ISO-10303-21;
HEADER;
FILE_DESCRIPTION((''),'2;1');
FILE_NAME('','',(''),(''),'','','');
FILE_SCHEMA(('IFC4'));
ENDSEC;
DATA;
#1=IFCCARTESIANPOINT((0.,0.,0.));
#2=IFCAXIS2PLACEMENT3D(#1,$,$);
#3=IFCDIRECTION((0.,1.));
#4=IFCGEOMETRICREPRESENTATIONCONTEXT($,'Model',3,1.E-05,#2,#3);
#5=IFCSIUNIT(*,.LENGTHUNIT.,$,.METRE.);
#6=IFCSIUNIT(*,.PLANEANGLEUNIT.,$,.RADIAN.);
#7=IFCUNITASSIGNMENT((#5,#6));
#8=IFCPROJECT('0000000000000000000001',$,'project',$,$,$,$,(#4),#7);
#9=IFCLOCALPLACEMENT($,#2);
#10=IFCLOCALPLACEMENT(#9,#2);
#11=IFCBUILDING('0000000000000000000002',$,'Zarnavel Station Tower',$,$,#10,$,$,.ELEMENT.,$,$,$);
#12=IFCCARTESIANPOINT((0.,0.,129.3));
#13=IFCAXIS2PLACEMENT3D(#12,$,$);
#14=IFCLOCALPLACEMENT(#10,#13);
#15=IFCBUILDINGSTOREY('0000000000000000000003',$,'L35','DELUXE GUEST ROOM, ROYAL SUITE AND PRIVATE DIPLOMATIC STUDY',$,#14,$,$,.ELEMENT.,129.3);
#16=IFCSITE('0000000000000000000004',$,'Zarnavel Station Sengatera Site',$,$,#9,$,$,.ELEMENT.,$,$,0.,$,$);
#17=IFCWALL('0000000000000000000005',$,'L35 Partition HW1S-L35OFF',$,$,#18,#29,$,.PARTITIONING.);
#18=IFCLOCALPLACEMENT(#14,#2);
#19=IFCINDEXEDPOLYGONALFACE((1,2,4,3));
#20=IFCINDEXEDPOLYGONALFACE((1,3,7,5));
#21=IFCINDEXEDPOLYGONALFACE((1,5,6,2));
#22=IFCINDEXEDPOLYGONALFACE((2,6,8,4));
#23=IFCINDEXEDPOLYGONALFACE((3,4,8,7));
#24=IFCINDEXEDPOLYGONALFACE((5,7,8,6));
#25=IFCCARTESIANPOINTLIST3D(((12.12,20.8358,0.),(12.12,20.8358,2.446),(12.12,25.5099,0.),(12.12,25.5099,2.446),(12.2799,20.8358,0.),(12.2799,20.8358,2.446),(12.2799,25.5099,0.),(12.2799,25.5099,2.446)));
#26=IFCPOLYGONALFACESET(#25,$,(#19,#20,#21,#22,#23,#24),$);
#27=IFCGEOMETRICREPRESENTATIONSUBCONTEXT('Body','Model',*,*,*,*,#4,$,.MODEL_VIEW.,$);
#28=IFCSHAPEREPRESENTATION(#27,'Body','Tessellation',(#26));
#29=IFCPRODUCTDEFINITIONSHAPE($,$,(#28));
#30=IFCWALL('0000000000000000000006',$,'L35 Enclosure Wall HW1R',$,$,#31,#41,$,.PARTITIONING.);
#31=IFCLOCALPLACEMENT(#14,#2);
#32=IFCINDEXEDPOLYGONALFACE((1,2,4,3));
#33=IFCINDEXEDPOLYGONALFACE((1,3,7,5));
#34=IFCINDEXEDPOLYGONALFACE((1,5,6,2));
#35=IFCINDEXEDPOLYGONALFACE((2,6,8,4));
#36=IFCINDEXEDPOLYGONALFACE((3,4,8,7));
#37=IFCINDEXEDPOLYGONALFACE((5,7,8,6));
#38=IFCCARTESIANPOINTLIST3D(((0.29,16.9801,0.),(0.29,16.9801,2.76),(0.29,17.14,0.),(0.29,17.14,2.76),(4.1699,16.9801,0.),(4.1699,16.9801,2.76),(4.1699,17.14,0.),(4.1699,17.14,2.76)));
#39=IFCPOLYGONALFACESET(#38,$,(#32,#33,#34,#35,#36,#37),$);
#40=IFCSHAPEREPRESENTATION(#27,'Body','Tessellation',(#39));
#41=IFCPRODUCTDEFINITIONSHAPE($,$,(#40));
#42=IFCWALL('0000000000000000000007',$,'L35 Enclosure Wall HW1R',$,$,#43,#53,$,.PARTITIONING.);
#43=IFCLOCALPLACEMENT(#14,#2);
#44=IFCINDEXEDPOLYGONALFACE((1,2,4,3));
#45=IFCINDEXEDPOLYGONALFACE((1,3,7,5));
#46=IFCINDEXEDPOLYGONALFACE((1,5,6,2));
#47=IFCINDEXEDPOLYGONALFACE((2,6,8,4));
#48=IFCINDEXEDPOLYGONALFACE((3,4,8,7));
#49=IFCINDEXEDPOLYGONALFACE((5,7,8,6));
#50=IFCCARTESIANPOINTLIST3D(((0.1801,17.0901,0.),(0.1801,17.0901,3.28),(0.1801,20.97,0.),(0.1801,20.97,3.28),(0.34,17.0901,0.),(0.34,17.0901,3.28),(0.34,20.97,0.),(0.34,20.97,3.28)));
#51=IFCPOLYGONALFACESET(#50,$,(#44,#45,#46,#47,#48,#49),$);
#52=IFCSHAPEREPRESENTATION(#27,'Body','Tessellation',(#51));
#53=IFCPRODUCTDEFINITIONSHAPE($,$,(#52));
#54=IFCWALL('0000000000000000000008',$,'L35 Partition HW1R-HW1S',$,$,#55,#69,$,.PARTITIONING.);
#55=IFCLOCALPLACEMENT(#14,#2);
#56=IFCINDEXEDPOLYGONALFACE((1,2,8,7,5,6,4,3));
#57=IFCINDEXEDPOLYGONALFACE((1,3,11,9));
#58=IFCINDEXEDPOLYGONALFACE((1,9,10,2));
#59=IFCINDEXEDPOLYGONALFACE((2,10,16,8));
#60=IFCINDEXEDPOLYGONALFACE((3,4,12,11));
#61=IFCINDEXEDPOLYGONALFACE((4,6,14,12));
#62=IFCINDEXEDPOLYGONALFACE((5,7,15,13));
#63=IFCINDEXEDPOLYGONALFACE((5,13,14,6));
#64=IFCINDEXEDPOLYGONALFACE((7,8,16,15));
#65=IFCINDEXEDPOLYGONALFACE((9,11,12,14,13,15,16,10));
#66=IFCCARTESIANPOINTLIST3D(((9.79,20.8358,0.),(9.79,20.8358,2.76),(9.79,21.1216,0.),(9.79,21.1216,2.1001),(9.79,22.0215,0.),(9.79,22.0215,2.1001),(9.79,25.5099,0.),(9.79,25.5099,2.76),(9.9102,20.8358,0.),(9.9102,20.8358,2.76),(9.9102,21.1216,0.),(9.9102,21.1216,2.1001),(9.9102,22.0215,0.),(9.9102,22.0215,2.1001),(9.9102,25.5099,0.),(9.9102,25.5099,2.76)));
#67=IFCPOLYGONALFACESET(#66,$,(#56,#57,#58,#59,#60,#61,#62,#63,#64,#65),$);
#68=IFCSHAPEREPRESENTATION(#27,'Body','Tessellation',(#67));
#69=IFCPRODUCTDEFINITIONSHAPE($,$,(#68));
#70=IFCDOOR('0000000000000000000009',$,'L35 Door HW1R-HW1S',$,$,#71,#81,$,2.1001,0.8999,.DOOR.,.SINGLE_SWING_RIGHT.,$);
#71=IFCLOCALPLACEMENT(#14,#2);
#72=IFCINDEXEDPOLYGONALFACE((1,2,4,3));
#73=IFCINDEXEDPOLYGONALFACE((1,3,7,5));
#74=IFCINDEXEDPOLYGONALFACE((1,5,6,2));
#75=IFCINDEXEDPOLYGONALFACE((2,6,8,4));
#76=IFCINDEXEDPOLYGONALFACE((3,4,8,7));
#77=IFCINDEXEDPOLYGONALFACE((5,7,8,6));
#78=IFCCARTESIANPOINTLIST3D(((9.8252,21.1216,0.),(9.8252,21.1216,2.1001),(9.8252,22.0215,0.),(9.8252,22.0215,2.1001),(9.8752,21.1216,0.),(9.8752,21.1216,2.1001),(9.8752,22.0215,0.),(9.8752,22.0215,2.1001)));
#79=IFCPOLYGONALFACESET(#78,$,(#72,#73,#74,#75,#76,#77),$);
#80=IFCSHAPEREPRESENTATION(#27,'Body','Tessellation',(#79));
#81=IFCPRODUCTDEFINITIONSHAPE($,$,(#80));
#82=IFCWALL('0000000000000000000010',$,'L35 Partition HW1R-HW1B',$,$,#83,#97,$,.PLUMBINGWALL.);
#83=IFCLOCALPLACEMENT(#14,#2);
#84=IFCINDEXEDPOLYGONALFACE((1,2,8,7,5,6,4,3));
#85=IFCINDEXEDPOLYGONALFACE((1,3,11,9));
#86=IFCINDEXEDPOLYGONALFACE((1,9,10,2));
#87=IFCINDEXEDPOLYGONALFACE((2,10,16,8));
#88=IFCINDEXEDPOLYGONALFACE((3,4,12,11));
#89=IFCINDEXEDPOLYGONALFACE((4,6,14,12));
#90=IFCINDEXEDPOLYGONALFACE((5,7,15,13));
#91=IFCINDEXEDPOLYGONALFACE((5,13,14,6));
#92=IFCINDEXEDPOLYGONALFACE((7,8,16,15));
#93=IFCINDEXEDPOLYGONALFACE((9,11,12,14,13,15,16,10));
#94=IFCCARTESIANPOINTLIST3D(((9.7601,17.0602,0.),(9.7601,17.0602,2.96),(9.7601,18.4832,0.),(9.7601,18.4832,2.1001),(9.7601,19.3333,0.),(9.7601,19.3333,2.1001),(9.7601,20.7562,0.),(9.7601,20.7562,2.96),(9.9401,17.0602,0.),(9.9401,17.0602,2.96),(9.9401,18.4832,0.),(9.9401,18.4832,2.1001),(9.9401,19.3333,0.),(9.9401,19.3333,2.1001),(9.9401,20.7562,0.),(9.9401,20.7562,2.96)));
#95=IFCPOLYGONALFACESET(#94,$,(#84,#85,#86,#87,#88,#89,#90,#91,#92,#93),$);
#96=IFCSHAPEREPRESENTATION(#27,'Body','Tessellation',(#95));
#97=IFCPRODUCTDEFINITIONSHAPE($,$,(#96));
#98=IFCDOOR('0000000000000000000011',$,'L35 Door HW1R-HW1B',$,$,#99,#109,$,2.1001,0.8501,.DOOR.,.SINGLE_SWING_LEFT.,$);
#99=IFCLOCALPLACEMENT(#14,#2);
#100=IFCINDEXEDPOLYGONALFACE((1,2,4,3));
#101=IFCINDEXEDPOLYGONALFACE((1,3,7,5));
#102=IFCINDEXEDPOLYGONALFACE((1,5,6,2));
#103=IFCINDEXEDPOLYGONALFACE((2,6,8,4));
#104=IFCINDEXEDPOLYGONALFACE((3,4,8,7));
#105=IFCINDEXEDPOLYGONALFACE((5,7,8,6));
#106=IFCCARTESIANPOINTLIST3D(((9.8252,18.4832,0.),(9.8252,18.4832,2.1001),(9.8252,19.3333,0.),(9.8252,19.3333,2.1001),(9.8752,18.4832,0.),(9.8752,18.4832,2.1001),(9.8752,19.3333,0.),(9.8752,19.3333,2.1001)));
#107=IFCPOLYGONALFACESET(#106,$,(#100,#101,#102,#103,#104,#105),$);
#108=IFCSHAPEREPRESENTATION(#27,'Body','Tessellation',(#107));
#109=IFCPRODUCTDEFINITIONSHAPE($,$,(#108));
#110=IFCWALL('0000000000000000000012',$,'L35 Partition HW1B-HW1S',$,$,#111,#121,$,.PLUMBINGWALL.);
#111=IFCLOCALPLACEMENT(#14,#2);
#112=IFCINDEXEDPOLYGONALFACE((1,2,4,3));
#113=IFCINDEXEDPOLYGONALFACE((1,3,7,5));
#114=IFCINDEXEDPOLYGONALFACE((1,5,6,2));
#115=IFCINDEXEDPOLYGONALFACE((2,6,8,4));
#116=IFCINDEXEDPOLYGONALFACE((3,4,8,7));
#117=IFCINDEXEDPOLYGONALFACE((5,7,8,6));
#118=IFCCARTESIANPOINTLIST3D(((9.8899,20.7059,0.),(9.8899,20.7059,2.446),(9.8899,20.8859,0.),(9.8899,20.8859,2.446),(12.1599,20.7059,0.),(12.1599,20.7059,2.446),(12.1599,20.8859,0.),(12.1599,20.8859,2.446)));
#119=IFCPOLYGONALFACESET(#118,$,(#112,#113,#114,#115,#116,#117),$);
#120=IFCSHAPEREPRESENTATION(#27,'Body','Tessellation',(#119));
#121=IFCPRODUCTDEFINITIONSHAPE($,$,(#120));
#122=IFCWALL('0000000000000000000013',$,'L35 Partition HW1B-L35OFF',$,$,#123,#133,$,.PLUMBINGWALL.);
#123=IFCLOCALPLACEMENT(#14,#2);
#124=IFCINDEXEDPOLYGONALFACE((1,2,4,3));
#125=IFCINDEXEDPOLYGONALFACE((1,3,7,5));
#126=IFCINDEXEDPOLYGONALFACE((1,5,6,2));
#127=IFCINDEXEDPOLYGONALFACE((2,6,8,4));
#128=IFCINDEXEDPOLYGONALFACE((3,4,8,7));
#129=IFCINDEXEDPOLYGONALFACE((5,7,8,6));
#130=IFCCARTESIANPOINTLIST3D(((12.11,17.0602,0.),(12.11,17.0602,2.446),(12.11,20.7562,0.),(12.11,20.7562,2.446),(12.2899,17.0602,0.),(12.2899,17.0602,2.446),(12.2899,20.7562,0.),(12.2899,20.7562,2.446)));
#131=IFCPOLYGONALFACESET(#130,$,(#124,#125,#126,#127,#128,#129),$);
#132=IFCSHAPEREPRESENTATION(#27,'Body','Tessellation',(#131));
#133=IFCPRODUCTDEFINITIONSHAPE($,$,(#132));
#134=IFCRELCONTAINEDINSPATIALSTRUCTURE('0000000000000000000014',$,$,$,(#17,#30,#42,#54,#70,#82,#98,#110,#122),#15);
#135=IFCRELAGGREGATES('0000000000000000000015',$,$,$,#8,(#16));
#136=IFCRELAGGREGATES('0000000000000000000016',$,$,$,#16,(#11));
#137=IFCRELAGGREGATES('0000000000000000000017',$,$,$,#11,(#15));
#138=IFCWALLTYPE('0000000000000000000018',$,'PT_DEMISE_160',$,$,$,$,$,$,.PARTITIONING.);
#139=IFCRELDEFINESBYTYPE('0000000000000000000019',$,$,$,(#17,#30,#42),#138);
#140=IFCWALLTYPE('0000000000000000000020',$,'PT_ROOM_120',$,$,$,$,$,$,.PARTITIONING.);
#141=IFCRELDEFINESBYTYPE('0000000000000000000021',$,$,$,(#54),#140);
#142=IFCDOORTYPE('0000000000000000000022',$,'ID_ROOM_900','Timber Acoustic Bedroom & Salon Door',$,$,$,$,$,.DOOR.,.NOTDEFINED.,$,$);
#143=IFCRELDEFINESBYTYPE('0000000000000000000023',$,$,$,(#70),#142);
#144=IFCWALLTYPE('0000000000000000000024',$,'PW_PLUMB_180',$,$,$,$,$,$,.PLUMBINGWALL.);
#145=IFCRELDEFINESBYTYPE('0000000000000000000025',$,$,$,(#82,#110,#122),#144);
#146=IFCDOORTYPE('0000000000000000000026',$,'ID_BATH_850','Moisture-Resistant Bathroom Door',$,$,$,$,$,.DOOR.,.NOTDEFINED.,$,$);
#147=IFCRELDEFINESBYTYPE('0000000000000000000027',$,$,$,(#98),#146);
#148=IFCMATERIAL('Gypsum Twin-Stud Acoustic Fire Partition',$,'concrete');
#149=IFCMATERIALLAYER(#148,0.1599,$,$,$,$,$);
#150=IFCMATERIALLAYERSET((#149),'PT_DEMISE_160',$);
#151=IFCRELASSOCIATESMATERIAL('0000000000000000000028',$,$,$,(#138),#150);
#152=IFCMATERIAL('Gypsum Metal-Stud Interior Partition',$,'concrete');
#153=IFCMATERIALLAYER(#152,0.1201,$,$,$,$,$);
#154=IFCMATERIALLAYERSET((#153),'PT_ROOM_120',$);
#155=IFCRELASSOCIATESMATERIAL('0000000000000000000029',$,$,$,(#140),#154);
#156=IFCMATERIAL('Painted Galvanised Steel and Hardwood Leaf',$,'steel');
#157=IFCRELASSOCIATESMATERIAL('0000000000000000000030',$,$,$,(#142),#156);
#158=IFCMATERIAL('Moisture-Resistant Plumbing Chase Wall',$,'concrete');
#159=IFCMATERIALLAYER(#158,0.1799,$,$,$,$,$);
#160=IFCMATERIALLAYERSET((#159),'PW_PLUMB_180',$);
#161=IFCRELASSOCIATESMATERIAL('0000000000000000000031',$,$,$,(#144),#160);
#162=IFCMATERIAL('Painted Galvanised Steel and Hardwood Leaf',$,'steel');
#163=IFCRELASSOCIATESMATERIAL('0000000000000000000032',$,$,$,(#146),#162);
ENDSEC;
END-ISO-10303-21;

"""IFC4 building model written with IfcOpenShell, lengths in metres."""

from ifc_helpers import new_model, si_unit, direction, frame, frame_2d, origin, place, context, subcontext, project, spatial, rectangle, extrude, material, layer, layer_set, type_object, element, fill, save


model = new_model("IFC4")

# Units and contexts
model_context = context("Model", 3, precision=1e-05, world=origin(), true_north=direction((0.0, 1.0)))
body_context = subcontext(model_context, "Body", "Model", "MODEL_VIEW")
ifc_project = project(units=[si_unit("LENGTHUNIT", "METRE"), si_unit("PLANEANGLEUNIT", "RADIAN")], contexts=[model_context])

# Site, building, storey
site_placement = place(None, origin())
site = spatial("IfcSite", under=ifc_project, at=site_placement, Name="Zarnavel Station Sengatera Site", CompositionType="ELEMENT", RefElevation=0.0)
building_placement = place(site_placement, origin())
building = spatial("IfcBuilding", under=site, at=building_placement, Name="Zarnavel Station Tower", CompositionType="ELEMENT")
storey_placement = place(building_placement, frame((0.0, 0.0, 129.3)))
storey = spatial("IfcBuildingStorey", under=building, at=storey_placement, Name="L35", Description="DELUXE GUEST ROOM, ROYAL SUITE AND PRIVATE DIPLOMATIC STUDY", CompositionType="ELEMENT", Elevation=129.3)

# Walls
ifc_material_1 = material(Name="Gypsum Twin-Stud Acoustic Fire Partition", Category="concrete")
ifc_layer_1 = layer(ifc_material_1, 0.1599)
ifc_layer_set_1 = layer_set([ifc_layer_1], Name="PT_DEMISE_160")
wall_type_1 = type_object("IfcWallType", Name="PT_DEMISE_160", PredefinedType="PARTITIONING", material=ifc_layer_set_1)
wall_1_placement = place(storey_placement, frame((12.2, 20.8359, 0.0), z_axis=(0.0, 0.0, 1.0), x_axis=(0.0, 1.0, 0.0)))
element("IfcWall", 1, at=wall_1_placement, inside=storey, type_object=wall_type_1, Name="L35 Partition HW1S-L35OFF", PredefinedType="PARTITIONING", context=body_context, shape_type="SweptSolid", body=[
    extrude(rectangle(XDim=4.6741, YDim=0.1599, at=frame_2d((2.3369, 0.0))), origin(), (0.0, 0.0, 1.0), 2.446),
])
wall_2_placement = place(storey_placement, frame((0.29, 17.0601, 0.0), z_axis=(0.0, 0.0, 1.0), x_axis=(1.0, 0.0, 0.0)))
element("IfcWall", 2, at=wall_2_placement, inside=storey, type_object=wall_type_1, Name="L35 Enclosure Wall HW1R", PredefinedType="PARTITIONING", context=body_context, shape_type="SweptSolid", body=[
    extrude(rectangle(XDim=3.8799, YDim=0.1599, at=frame_2d((1.9399, 0.0))), origin(), (0.0, 0.0, 1.0), 2.76),
])
wall_3_placement = place(storey_placement, frame((0.26, 17.0901, 0.0), z_axis=(0.0, 0.0, 1.0), x_axis=(0.0, 1.0, 0.0)))
element("IfcWall", 3, at=wall_3_placement, inside=storey, type_object=wall_type_1, Name="L35 Enclosure Wall HW1R", PredefinedType="PARTITIONING", context=body_context, shape_type="SweptSolid", body=[
    extrude(rectangle(XDim=3.8799, YDim=0.1599, at=frame_2d((1.9399, 0.0))), origin(), (0.0, 0.0, 1.0), 3.28),
])

# Walls, openings, doors
ifc_material_2 = material(Name="Gypsum Metal-Stud Interior Partition", Category="concrete")
ifc_layer_2 = layer(ifc_material_2, 0.1201)
ifc_layer_set_2 = layer_set([ifc_layer_2], Name="PT_ROOM_120")
wall_type_2 = type_object("IfcWallType", Name="PT_ROOM_120", PredefinedType="PARTITIONING", material=ifc_layer_set_2)
wall_4_placement = place(storey_placement, frame((9.8501, 20.8359, 0.0), z_axis=(0.0, 0.0, 1.0), x_axis=(0.0, 1.0, 0.0)))
wall_4 = element("IfcWall", 4, at=wall_4_placement, inside=storey, type_object=wall_type_2, Name="L35 Partition HW1R-HW1S", PredefinedType="PARTITIONING", context=body_context, shape_type="SweptSolid", body=[
    extrude(rectangle(XDim=4.6741, YDim=0.1201, at=frame_2d((2.3369, 0.0))), origin(), (0.0, 0.0, 1.0), 2.76),
])
opening_1_placement = place(wall_4_placement, frame((0.2856, 0.0, 0.0)))
opening_1 = element("IfcOpeningElement", 5, at=opening_1_placement, cuts=wall_4, PredefinedType="OPENING", context=body_context, shape_type="SweptSolid", body=[
    extrude(rectangle(XDim=0.8999, YDim=2.1001, at=frame_2d((0.45, 1.05))), frame((0.0, 0.0701, 0.0), z_axis=(0.0, -1.0, 0.0), x_axis=(1.0, 0.0, 0.0)), (0.0, 0.0, 1.0), 0.1401),
])
ifc_material_3 = material(Name="Painted Galvanised Steel and Hardwood Leaf", Category="steel")
door_type_1 = type_object("IfcDoorType", Name="ID_ROOM_900", Description="Timber Acoustic Bedroom & Salon Door", OperationType="NOTDEFINED", PredefinedType="DOOR", material=ifc_material_3)
door_1_placement = place(opening_1_placement, origin())
door_1 = element("IfcDoor", 6, at=door_1_placement, inside=storey, type_object=door_type_1, Name="L35 Door HW1R-HW1S", OperationType="SINGLE_SWING_RIGHT", OverallHeight=2.1001, OverallWidth=0.8999, PredefinedType="DOOR", context=body_context, shape_type="SweptSolid", body=[
    extrude(rectangle(XDim=0.8999, YDim=2.1001, at=frame_2d((0.45, 1.05))), frame((0.0, 0.0249, 0.0), z_axis=(0.0, -1.0, 0.0), x_axis=(1.0, 0.0, 0.0)), (0.0, 0.0, 1.0), 0.05),
])
fill(opening_1, door_1)
ifc_material_4 = material(Name="Moisture-Resistant Plumbing Chase Wall", Category="concrete")
ifc_layer_3 = layer(ifc_material_4, 0.1799)
ifc_layer_set_3 = layer_set([ifc_layer_3], Name="PW_PLUMB_180")
wall_type_3 = type_object("IfcWallType", Name="PW_PLUMB_180", PredefinedType="PLUMBINGWALL", material=ifc_layer_set_3)
wall_5_placement = place(storey_placement, frame((9.8501, 17.0601, 0.0), z_axis=(0.0, 0.0, 1.0), x_axis=(0.0, 1.0, 0.0)))
wall_5 = element("IfcWall", 7, at=wall_5_placement, inside=storey, type_object=wall_type_3, Name="L35 Partition HW1R-HW1B", PredefinedType="PLUMBINGWALL", context=body_context, shape_type="SweptSolid", body=[
    extrude(rectangle(XDim=3.696, YDim=0.1799, at=frame_2d((1.8481, 0.0))), origin(), (0.0, 0.0, 1.0), 2.96),
])
opening_2_placement = place(wall_5_placement, frame((1.4231, 0.0, 0.0)))
opening_2 = element("IfcOpeningElement", 8, at=opening_2_placement, cuts=wall_5, PredefinedType="OPENING", context=body_context, shape_type="SweptSolid", body=[
    extrude(rectangle(XDim=0.8501, YDim=2.1001, at=frame_2d((0.425, 1.05))), frame((0.0, 0.0999, 0.0), z_axis=(0.0, -1.0, 0.0), x_axis=(1.0, 0.0, 0.0)), (0.0, 0.0, 1.0), 0.2),
])
ifc_material_5 = material(Name="Painted Galvanised Steel and Hardwood Leaf", Category="steel")
door_type_2 = type_object("IfcDoorType", Name="ID_BATH_850", Description="Moisture-Resistant Bathroom Door", OperationType="NOTDEFINED", PredefinedType="DOOR", material=ifc_material_5)
door_2_placement = place(opening_2_placement, origin())
door_2 = element("IfcDoor", 9, at=door_2_placement, inside=storey, type_object=door_type_2, Name="L35 Door HW1R-HW1B", OperationType="SINGLE_SWING_LEFT", OverallHeight=2.1001, OverallWidth=0.8501, PredefinedType="DOOR", context=body_context, shape_type="SweptSolid", body=[
    extrude(rectangle(XDim=0.8501, YDim=2.1001, at=frame_2d((0.425, 1.05))), frame((0.0, 0.0249, 0.0), z_axis=(0.0, -1.0, 0.0), x_axis=(1.0, 0.0, 0.0)), (0.0, 0.0, 1.0), 0.05),
])
fill(opening_2, door_2)

# Walls
wall_6_placement = place(storey_placement, frame((9.8899, 20.7959, 0.0), z_axis=(0.0, 0.0, 1.0), x_axis=(1.0, 0.0, 0.0)))
element("IfcWall", 10, at=wall_6_placement, inside=storey, type_object=wall_type_3, Name="L35 Partition HW1B-HW1S", PredefinedType="PLUMBINGWALL", context=body_context, shape_type="SweptSolid", body=[
    extrude(rectangle(XDim=2.27, YDim=0.1799, at=frame_2d((1.135, 0.0))), origin(), (0.0, 0.0, 1.0), 2.446),
])
wall_7_placement = place(storey_placement, frame((12.2, 17.0601, 0.0), z_axis=(0.0, 0.0, 1.0), x_axis=(0.0, 1.0, 0.0)))
element("IfcWall", 11, at=wall_7_placement, inside=storey, type_object=wall_type_3, Name="L35 Partition HW1B-L35OFF", PredefinedType="PLUMBINGWALL", context=body_context, shape_type="SweptSolid", body=[
    extrude(rectangle(XDim=3.696, YDim=0.1799, at=frame_2d((1.8481, 0.0))), origin(), (0.0, 0.0, 1.0), 2.446),
])

save(model, "model.ifc")
